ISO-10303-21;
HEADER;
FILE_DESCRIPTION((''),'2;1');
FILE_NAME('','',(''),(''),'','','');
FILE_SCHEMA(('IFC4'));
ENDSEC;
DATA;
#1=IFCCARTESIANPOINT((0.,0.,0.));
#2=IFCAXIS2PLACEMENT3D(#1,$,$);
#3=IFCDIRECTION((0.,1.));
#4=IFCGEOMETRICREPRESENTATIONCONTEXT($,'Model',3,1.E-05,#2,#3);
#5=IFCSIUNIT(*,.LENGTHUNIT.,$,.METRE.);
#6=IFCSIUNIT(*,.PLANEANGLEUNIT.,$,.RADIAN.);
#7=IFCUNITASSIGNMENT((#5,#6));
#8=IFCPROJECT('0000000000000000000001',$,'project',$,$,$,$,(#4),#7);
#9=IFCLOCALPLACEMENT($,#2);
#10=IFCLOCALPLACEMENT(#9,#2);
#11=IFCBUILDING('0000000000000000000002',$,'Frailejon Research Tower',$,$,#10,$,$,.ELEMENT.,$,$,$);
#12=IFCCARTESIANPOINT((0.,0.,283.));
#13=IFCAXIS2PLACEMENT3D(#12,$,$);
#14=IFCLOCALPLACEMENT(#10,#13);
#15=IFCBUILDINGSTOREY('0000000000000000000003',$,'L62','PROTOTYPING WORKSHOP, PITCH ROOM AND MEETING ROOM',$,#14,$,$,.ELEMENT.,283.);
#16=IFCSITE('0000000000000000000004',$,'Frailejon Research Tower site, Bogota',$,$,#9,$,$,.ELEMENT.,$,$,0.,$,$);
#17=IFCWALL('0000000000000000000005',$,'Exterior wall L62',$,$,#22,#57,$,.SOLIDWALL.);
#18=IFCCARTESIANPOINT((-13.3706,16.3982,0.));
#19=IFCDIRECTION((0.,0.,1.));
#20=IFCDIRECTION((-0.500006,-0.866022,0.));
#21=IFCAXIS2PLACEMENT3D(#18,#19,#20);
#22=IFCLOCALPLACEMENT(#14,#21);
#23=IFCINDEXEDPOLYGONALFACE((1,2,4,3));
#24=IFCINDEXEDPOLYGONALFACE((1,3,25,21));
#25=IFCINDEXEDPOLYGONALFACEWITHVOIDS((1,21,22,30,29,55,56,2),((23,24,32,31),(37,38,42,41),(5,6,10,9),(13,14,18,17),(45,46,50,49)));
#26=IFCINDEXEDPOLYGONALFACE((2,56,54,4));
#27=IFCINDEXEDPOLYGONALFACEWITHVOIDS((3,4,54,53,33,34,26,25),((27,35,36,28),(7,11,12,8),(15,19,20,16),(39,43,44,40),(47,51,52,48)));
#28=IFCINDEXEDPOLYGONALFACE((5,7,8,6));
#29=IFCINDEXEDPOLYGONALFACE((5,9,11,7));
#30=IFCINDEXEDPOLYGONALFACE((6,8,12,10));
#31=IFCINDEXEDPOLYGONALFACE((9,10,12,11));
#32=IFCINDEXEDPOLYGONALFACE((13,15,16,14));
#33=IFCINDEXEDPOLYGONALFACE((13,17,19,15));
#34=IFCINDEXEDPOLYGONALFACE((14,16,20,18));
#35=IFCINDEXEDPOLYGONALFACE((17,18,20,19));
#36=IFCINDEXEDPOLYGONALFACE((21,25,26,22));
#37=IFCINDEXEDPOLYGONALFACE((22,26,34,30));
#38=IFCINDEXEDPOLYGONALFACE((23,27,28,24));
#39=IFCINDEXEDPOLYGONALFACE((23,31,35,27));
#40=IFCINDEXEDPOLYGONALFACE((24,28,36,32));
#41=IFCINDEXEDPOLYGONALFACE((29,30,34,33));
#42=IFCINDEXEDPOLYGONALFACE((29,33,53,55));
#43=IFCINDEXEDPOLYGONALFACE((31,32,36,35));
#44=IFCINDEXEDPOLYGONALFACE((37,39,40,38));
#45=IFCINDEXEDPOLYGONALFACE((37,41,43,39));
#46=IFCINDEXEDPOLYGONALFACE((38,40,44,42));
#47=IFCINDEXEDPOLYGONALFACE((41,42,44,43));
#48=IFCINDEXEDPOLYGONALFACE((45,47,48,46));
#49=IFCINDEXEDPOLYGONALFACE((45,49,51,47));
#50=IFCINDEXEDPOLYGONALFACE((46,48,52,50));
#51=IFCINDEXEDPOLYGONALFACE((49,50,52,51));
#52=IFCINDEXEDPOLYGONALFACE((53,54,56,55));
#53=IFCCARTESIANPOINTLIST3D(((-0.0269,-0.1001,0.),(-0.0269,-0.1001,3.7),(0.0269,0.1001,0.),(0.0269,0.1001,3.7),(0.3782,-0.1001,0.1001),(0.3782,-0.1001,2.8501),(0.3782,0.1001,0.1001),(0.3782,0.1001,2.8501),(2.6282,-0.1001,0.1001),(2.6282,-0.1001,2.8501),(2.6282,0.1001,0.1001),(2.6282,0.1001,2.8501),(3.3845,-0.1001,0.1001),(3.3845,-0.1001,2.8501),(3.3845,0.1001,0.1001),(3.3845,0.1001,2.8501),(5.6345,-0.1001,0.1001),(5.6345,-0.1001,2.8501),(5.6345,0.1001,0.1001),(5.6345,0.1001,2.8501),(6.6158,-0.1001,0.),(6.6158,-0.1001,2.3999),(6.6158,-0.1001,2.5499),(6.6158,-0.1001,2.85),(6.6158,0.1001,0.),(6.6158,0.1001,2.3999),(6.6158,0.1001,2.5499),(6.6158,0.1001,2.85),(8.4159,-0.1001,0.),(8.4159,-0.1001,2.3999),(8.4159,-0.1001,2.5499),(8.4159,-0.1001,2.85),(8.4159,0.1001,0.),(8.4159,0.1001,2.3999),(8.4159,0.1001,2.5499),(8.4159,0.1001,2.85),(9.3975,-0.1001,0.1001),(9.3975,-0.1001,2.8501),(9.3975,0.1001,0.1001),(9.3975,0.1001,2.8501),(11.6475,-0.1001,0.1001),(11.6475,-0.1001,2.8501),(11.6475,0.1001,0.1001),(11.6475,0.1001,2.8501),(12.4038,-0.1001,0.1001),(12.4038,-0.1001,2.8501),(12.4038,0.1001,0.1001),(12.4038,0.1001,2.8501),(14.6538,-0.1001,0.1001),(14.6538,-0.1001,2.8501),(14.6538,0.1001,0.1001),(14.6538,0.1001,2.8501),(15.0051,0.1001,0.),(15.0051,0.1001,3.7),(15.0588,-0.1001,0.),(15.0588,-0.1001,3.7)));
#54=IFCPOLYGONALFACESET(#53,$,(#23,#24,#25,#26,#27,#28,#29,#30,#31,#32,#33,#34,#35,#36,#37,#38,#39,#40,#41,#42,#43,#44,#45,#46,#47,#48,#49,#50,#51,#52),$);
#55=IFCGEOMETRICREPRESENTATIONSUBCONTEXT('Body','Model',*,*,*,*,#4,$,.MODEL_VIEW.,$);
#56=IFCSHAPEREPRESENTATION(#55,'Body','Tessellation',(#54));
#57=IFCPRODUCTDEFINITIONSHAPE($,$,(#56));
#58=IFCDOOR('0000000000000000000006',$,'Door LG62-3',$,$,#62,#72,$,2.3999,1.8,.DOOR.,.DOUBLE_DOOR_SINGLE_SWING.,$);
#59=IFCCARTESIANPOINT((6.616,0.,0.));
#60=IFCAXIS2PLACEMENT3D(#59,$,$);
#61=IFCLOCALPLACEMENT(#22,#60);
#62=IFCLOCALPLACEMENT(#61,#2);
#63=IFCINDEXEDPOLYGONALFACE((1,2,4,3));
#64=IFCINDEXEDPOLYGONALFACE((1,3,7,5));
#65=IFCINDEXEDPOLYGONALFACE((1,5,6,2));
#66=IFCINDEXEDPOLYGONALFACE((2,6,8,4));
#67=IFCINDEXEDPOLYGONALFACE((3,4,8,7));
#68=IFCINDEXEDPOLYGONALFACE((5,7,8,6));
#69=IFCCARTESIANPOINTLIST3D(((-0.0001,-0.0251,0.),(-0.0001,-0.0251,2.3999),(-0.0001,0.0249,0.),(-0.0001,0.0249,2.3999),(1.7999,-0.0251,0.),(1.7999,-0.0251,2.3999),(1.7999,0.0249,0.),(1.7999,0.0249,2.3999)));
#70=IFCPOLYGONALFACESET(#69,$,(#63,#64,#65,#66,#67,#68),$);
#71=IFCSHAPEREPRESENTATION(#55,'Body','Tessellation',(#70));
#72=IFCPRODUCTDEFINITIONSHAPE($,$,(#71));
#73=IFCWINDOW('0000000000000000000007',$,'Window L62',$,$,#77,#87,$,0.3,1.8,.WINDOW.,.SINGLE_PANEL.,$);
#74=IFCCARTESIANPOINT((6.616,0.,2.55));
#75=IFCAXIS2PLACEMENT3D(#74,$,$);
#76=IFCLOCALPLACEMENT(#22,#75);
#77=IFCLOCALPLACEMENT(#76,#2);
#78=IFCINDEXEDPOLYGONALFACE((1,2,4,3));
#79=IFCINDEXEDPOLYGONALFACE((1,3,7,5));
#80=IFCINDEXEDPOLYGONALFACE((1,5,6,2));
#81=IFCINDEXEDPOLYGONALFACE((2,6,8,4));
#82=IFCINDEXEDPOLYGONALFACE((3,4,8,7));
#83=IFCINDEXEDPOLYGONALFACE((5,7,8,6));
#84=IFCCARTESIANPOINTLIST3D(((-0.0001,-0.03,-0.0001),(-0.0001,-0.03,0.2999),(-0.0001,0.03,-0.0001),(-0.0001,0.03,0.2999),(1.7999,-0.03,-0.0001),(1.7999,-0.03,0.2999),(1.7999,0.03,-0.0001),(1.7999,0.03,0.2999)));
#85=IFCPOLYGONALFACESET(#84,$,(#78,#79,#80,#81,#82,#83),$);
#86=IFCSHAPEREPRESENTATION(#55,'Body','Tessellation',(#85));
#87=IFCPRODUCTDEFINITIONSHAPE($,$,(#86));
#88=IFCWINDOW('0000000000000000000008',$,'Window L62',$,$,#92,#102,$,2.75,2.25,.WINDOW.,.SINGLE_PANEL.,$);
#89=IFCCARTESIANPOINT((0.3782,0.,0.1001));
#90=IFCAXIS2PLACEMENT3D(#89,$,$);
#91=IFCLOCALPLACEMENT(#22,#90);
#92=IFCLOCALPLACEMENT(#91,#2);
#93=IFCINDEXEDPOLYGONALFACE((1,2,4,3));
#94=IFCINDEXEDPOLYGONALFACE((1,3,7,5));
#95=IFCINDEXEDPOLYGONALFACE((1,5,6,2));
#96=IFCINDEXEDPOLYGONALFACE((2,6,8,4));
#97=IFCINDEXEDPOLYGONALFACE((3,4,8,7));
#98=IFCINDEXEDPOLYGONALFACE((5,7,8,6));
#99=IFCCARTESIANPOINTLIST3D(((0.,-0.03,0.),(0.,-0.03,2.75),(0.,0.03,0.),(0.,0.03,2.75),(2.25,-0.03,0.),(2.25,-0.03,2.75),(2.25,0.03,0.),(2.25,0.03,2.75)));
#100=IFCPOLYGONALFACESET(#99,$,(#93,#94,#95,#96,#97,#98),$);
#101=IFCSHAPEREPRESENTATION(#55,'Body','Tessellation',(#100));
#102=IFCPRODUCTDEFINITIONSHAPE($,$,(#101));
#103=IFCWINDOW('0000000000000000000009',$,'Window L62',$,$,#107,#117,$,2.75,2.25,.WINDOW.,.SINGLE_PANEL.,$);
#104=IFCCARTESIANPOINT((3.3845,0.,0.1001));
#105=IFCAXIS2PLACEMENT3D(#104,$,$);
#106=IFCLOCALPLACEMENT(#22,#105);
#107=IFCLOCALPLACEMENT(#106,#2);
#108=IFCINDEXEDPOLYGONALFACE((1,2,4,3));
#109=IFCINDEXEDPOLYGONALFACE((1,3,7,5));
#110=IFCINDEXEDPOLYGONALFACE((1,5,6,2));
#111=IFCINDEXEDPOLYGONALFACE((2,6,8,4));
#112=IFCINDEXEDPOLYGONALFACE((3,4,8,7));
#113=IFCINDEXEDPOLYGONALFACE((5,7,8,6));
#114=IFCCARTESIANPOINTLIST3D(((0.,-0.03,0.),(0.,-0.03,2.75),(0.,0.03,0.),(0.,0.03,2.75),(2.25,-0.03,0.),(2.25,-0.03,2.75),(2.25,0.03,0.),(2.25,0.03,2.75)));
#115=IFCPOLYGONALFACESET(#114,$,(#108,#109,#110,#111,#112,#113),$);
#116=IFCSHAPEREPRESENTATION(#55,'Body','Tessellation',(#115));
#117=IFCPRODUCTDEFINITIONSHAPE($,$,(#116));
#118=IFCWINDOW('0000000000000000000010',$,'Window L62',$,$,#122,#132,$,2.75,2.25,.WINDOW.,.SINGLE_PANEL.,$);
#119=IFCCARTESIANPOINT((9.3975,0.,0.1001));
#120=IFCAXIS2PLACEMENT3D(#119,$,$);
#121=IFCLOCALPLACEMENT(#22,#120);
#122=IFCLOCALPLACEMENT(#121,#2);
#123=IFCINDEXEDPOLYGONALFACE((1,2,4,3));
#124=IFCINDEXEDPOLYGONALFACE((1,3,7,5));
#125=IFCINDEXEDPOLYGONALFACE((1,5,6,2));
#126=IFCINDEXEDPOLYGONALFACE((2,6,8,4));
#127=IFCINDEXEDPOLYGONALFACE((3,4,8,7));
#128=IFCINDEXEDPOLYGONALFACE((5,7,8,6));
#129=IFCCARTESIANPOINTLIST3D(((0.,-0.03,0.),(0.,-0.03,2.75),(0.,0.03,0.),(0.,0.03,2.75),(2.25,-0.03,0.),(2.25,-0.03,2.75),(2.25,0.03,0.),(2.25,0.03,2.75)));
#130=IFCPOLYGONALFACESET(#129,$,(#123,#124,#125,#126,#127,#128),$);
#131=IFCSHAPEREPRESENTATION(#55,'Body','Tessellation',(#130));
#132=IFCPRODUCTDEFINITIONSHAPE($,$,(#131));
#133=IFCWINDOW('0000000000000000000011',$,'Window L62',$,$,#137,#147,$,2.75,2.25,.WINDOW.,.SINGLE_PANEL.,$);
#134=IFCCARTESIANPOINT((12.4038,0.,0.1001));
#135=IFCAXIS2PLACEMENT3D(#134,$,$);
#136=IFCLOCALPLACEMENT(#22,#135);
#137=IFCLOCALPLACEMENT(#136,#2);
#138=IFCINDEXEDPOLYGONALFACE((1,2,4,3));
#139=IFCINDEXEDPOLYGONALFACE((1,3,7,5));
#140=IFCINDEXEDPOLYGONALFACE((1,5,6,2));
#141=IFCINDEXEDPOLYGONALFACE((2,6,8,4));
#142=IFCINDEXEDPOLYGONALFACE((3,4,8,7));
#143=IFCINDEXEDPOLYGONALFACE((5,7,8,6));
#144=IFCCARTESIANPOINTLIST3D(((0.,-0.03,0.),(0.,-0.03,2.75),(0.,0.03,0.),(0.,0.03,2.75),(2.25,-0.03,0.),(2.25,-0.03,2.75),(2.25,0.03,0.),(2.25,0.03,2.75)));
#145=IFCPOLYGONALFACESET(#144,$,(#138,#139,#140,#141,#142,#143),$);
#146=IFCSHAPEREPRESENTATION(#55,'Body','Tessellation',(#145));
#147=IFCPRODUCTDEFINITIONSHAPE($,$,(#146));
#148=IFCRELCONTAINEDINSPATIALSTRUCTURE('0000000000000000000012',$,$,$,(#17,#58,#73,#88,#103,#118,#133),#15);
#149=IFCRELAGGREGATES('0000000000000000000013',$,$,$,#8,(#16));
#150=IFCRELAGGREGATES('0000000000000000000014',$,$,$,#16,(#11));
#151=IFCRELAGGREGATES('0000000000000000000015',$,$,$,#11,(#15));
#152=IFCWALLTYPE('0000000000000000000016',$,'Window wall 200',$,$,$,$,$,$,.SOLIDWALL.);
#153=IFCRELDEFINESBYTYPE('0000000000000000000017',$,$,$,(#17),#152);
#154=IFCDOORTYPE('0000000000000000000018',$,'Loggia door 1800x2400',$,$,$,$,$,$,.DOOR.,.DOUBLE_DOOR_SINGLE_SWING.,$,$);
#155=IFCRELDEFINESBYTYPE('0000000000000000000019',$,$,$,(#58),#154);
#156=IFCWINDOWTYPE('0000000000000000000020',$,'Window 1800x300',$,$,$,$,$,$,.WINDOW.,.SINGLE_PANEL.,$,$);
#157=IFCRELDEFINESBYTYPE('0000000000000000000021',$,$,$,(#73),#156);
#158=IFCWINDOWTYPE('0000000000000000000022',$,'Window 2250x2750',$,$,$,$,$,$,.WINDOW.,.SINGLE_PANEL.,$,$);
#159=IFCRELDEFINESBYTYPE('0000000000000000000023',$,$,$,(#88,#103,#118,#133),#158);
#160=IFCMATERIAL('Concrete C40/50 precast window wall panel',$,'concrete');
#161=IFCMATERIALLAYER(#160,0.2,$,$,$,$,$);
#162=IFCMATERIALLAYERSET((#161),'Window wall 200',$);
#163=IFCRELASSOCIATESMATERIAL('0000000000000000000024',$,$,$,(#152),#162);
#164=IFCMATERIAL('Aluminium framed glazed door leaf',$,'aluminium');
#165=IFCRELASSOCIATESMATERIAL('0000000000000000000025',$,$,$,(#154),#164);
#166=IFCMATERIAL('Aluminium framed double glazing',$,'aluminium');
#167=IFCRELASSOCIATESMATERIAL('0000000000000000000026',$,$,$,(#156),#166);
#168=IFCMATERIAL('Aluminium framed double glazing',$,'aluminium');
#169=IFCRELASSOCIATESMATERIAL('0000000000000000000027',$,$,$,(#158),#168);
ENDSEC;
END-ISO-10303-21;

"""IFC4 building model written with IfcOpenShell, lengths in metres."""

from ifc_helpers import new_model, si_unit, direction, frame, frame_2d, origin, place, context, subcontext, project, spatial, polyline, rectangle, outline, extrude, material, layer, layer_set, type_object, element, fill, save


model = new_model("IFC4")

# Units and contexts
model_context = context("Model", 3, precision=1e-05, world=origin(), true_north=direction((0.0, 1.0)))
body_context = subcontext(model_context, "Body", "Model", "MODEL_VIEW")
ifc_project = project(units=[si_unit("LENGTHUNIT", "METRE"), si_unit("PLANEANGLEUNIT", "RADIAN")], contexts=[model_context])

# Site, building, storey
site_placement = place(None, origin())
site = spatial("IfcSite", under=ifc_project, at=site_placement, Name="Frailejon Research Tower site, Bogota", CompositionType="ELEMENT", RefElevation=0.0)
building_placement = place(site_placement, origin())
building = spatial("IfcBuilding", under=site, at=building_placement, Name="Frailejon Research Tower", CompositionType="ELEMENT")
storey_placement = place(building_placement, frame((0.0, 0.0, 283.0)))
storey = spatial("IfcBuildingStorey", under=building, at=storey_placement, Name="L62", Description="PROTOTYPING WORKSHOP, PITCH ROOM AND MEETING ROOM", CompositionType="ELEMENT", Elevation=283.0)

# Wall, openings, door, windows
ifc_material_1 = material(Name="Concrete C40/50 precast window wall panel", Category="concrete")
ifc_layer_1 = layer(ifc_material_1, 0.2)
ifc_layer_set_1 = layer_set([ifc_layer_1], Name="Window wall 200")
wall_type_1 = type_object("IfcWallType", Name="Window wall 200", PredefinedType="SOLIDWALL", material=ifc_layer_set_1)
wall_1_placement = place(storey_placement, frame((-13.3706, 16.3982, 0.0), z_axis=(0.0, 0.0, 1.0), x_axis=(-0.500006, -0.866022, 0.0)))
wall_1 = element("IfcWall", 1, at=wall_1_placement, inside=storey, type_object=wall_type_1, Name="Exterior wall L62", PredefinedType="SOLIDWALL", context=body_context, shape_type="SweptSolid", body=[
    extrude(outline(polyline([(-0.0269, -0.1001), (0.9788, -0.1001), (1.9846, -0.1001), (2.9902, -0.1001), (3.9961, -0.1001), (5.0017, -0.1001), (6.0073, -0.1001), (7.0132, -0.1001), (8.0188, -0.1001), (9.0247, -0.1001), (10.0303, -0.1001), (11.0359, -0.1001), (12.0417, -0.1001), (13.0474, -0.1001), (14.0532, -0.1001), (15.0588, -0.1001), (15.0051, 0.1001), (14.0066, 0.1001), (13.0081, 0.1001), (12.0095, 0.1001), (11.011, 0.1001), (10.0125, 0.1001), (9.0139, 0.1001), (8.0154, 0.1001), (7.0166, 0.1001), (6.0181, 0.1001), (5.0195, 0.1001), (4.021, 0.1001), (3.0225, 0.1001), (2.0239, 0.1001), (1.0254, 0.1001), (0.0269, 0.1001), (-0.0269, -0.1001)])), origin(), (0.0, 0.0, 1.0), 3.7),
])
opening_1_placement = place(wall_1_placement, frame((0.3782, 0.0, 0.1001)))
opening_1 = element("IfcOpeningElement", 2, at=opening_1_placement, cuts=wall_1, PredefinedType="OPENING", context=body_context, shape_type="SweptSolid", body=[
    extrude(rectangle(XDim=2.25, YDim=2.75, at=frame_2d((1.125, 1.375))), frame((0.0, 0.1099, 0.0), z_axis=(0.0, -1.0, 0.0), x_axis=(1.0, 0.0, 0.0)), (0.0, 0.0, 1.0), 0.22),
])
opening_2_placement = place(wall_1_placement, frame((3.3845, 0.0, 0.1001)))
opening_2 = element("IfcOpeningElement", 3, at=opening_2_placement, cuts=wall_1, PredefinedType="OPENING", context=body_context, shape_type="SweptSolid", body=[
    extrude(rectangle(XDim=2.25, YDim=2.75, at=frame_2d((1.125, 1.375))), frame((0.0, 0.1099, 0.0), z_axis=(0.0, -1.0, 0.0), x_axis=(1.0, 0.0, 0.0)), (0.0, 0.0, 1.0), 0.22),
])
opening_3_placement = place(wall_1_placement, frame((6.616, 0.0, 0.0)))
opening_3 = element("IfcOpeningElement", 4, at=opening_3_placement, cuts=wall_1, PredefinedType="OPENING", context=body_context, shape_type="SweptSolid", body=[
    extrude(rectangle(XDim=1.8, YDim=2.3999, at=frame_2d((0.8999, 1.2))), frame((0.0, 0.1099, 0.0), z_axis=(0.0, -1.0, 0.0), x_axis=(1.0, 0.0, 0.0)), (0.0, 0.0, 1.0), 0.22),
])
opening_4_placement = place(wall_1_placement, frame((6.616, 0.0, 2.55)))
opening_4 = element("IfcOpeningElement", 5, at=opening_4_placement, cuts=wall_1, PredefinedType="OPENING", context=body_context, shape_type="SweptSolid", body=[
    extrude(rectangle(XDim=1.8, YDim=0.3, at=frame_2d((0.8999, 0.1499))), frame((0.0, 0.1099, 0.0), z_axis=(0.0, -1.0, 0.0), x_axis=(1.0, 0.0, 0.0)), (0.0, 0.0, 1.0), 0.22),
])
opening_5_placement = place(wall_1_placement, frame((9.3975, 0.0, 0.1001)))
opening_5 = element("IfcOpeningElement", 6, at=opening_5_placement, cuts=wall_1, PredefinedType="OPENING", context=body_context, shape_type="SweptSolid", body=[
    extrude(rectangle(XDim=2.25, YDim=2.75, at=frame_2d((1.125, 1.375))), frame((0.0, 0.1099, 0.0), z_axis=(0.0, -1.0, 0.0), x_axis=(1.0, 0.0, 0.0)), (0.0, 0.0, 1.0), 0.22),
])
opening_6_placement = place(wall_1_placement, frame((12.4038, 0.0, 0.1001)))
opening_6 = element("IfcOpeningElement", 7, at=opening_6_placement, cuts=wall_1, PredefinedType="OPENING", context=body_context, shape_type="SweptSolid", body=[
    extrude(rectangle(XDim=2.25, YDim=2.75, at=frame_2d((1.125, 1.375))), frame((0.0, 0.1099, 0.0), z_axis=(0.0, -1.0, 0.0), x_axis=(1.0, 0.0, 0.0)), (0.0, 0.0, 1.0), 0.22),
])
ifc_material_2 = material(Name="Aluminium framed glazed door leaf", Category="aluminium")
door_type_1 = type_object("IfcDoorType", Name="Loggia door 1800x2400", OperationType="DOUBLE_DOOR_SINGLE_SWING", PredefinedType="DOOR", material=ifc_material_2)
door_1_placement = place(opening_3_placement, origin())
door_1 = element("IfcDoor", 8, at=door_1_placement, inside=storey, type_object=door_type_1, Name="Door LG62-3", OperationType="DOUBLE_DOOR_SINGLE_SWING", OverallHeight=2.3999, OverallWidth=1.8, PredefinedType="DOOR", context=body_context, shape_type="SweptSolid", body=[
    extrude(rectangle(XDim=1.8, YDim=2.3999, at=frame_2d((0.8999, 1.2))), frame((0.0, 0.0249, 0.0), z_axis=(0.0, -1.0, 0.0), x_axis=(1.0, 0.0, 0.0)), (0.0, 0.0, 1.0), 0.05),
])
fill(opening_3, door_1)
ifc_material_3 = material(Name="Aluminium framed double glazing", Category="aluminium")
window_type_1 = type_object("IfcWindowType", Name="Window 1800x300", PartitioningType="SINGLE_PANEL", PredefinedType="WINDOW", material=ifc_material_3)
window_1_placement = place(opening_4_placement, origin())
window_1 = element("IfcWindow", 9, at=window_1_placement, inside=storey, type_object=window_type_1, Name="Window L62", OverallHeight=0.3, OverallWidth=1.8, PartitioningType="SINGLE_PANEL", PredefinedType="WINDOW", context=body_context, shape_type="SweptSolid", body=[
    extrude(rectangle(XDim=1.8, YDim=0.3, at=frame_2d((0.8999, 0.1499))), frame((0.0, 0.03, 0.0), z_axis=(0.0, -1.0, 0.0), x_axis=(1.0, 0.0, 0.0)), (0.0, 0.0, 1.0), 0.0601),
])
fill(opening_4, window_1)
ifc_material_4 = material(Name="Aluminium framed double glazing", Category="aluminium")
window_type_2 = type_object("IfcWindowType", Name="Window 2250x2750", PartitioningType="SINGLE_PANEL", PredefinedType="WINDOW", material=ifc_material_4)
window_2_placement = place(opening_1_placement, origin())
window_2 = element("IfcWindow", 10, at=window_2_placement, inside=storey, type_object=window_type_2, Name="Window L62", OverallHeight=2.75, OverallWidth=2.25, PartitioningType="SINGLE_PANEL", PredefinedType="WINDOW", context=body_context, shape_type="SweptSolid", body=[
    extrude(rectangle(XDim=2.25, YDim=2.75, at=frame_2d((1.125, 1.375))), frame((0.0, 0.03, 0.0), z_axis=(0.0, -1.0, 0.0), x_axis=(1.0, 0.0, 0.0)), (0.0, 0.0, 1.0), 0.0601),
])
fill(opening_1, window_2)
window_3_placement = place(opening_2_placement, origin())
window_3 = element("IfcWindow", 11, at=window_3_placement, inside=storey, type_object=window_type_2, Name="Window L62", OverallHeight=2.75, OverallWidth=2.25, PartitioningType="SINGLE_PANEL", PredefinedType="WINDOW", context=body_context, shape_type="SweptSolid", body=[
    extrude(rectangle(XDim=2.25, YDim=2.75, at=frame_2d((1.125, 1.375))), frame((0.0, 0.03, 0.0), z_axis=(0.0, -1.0, 0.0), x_axis=(1.0, 0.0, 0.0)), (0.0, 0.0, 1.0), 0.0601),
])
fill(opening_2, window_3)
window_4_placement = place(opening_5_placement, origin())
window_4 = element("IfcWindow", 12, at=window_4_placement, inside=storey, type_object=window_type_2, Name="Window L62", OverallHeight=2.75, OverallWidth=2.25, PartitioningType="SINGLE_PANEL", PredefinedType="WINDOW", context=body_context, shape_type="SweptSolid", body=[
    extrude(rectangle(XDim=2.25, YDim=2.75, at=frame_2d((1.125, 1.375))), frame((0.0, 0.03, 0.0), z_axis=(0.0, -1.0, 0.0), x_axis=(1.0, 0.0, 0.0)), (0.0, 0.0, 1.0), 0.0601),
])
fill(opening_5, window_4)
window_5_placement = place(opening_6_placement, origin())
window_5 = element("IfcWindow", 13, at=window_5_placement, inside=storey, type_object=window_type_2, Name="Window L62", OverallHeight=2.75, OverallWidth=2.25, PartitioningType="SINGLE_PANEL", PredefinedType="WINDOW", context=body_context, shape_type="SweptSolid", body=[
    extrude(rectangle(XDim=2.25, YDim=2.75, at=frame_2d((1.125, 1.375))), frame((0.0, 0.03, 0.0), z_axis=(0.0, -1.0, 0.0), x_axis=(1.0, 0.0, 0.0)), (0.0, 0.0, 1.0), 0.0601),
])
fill(opening_6, window_5)

save(model, "model.ifc")
